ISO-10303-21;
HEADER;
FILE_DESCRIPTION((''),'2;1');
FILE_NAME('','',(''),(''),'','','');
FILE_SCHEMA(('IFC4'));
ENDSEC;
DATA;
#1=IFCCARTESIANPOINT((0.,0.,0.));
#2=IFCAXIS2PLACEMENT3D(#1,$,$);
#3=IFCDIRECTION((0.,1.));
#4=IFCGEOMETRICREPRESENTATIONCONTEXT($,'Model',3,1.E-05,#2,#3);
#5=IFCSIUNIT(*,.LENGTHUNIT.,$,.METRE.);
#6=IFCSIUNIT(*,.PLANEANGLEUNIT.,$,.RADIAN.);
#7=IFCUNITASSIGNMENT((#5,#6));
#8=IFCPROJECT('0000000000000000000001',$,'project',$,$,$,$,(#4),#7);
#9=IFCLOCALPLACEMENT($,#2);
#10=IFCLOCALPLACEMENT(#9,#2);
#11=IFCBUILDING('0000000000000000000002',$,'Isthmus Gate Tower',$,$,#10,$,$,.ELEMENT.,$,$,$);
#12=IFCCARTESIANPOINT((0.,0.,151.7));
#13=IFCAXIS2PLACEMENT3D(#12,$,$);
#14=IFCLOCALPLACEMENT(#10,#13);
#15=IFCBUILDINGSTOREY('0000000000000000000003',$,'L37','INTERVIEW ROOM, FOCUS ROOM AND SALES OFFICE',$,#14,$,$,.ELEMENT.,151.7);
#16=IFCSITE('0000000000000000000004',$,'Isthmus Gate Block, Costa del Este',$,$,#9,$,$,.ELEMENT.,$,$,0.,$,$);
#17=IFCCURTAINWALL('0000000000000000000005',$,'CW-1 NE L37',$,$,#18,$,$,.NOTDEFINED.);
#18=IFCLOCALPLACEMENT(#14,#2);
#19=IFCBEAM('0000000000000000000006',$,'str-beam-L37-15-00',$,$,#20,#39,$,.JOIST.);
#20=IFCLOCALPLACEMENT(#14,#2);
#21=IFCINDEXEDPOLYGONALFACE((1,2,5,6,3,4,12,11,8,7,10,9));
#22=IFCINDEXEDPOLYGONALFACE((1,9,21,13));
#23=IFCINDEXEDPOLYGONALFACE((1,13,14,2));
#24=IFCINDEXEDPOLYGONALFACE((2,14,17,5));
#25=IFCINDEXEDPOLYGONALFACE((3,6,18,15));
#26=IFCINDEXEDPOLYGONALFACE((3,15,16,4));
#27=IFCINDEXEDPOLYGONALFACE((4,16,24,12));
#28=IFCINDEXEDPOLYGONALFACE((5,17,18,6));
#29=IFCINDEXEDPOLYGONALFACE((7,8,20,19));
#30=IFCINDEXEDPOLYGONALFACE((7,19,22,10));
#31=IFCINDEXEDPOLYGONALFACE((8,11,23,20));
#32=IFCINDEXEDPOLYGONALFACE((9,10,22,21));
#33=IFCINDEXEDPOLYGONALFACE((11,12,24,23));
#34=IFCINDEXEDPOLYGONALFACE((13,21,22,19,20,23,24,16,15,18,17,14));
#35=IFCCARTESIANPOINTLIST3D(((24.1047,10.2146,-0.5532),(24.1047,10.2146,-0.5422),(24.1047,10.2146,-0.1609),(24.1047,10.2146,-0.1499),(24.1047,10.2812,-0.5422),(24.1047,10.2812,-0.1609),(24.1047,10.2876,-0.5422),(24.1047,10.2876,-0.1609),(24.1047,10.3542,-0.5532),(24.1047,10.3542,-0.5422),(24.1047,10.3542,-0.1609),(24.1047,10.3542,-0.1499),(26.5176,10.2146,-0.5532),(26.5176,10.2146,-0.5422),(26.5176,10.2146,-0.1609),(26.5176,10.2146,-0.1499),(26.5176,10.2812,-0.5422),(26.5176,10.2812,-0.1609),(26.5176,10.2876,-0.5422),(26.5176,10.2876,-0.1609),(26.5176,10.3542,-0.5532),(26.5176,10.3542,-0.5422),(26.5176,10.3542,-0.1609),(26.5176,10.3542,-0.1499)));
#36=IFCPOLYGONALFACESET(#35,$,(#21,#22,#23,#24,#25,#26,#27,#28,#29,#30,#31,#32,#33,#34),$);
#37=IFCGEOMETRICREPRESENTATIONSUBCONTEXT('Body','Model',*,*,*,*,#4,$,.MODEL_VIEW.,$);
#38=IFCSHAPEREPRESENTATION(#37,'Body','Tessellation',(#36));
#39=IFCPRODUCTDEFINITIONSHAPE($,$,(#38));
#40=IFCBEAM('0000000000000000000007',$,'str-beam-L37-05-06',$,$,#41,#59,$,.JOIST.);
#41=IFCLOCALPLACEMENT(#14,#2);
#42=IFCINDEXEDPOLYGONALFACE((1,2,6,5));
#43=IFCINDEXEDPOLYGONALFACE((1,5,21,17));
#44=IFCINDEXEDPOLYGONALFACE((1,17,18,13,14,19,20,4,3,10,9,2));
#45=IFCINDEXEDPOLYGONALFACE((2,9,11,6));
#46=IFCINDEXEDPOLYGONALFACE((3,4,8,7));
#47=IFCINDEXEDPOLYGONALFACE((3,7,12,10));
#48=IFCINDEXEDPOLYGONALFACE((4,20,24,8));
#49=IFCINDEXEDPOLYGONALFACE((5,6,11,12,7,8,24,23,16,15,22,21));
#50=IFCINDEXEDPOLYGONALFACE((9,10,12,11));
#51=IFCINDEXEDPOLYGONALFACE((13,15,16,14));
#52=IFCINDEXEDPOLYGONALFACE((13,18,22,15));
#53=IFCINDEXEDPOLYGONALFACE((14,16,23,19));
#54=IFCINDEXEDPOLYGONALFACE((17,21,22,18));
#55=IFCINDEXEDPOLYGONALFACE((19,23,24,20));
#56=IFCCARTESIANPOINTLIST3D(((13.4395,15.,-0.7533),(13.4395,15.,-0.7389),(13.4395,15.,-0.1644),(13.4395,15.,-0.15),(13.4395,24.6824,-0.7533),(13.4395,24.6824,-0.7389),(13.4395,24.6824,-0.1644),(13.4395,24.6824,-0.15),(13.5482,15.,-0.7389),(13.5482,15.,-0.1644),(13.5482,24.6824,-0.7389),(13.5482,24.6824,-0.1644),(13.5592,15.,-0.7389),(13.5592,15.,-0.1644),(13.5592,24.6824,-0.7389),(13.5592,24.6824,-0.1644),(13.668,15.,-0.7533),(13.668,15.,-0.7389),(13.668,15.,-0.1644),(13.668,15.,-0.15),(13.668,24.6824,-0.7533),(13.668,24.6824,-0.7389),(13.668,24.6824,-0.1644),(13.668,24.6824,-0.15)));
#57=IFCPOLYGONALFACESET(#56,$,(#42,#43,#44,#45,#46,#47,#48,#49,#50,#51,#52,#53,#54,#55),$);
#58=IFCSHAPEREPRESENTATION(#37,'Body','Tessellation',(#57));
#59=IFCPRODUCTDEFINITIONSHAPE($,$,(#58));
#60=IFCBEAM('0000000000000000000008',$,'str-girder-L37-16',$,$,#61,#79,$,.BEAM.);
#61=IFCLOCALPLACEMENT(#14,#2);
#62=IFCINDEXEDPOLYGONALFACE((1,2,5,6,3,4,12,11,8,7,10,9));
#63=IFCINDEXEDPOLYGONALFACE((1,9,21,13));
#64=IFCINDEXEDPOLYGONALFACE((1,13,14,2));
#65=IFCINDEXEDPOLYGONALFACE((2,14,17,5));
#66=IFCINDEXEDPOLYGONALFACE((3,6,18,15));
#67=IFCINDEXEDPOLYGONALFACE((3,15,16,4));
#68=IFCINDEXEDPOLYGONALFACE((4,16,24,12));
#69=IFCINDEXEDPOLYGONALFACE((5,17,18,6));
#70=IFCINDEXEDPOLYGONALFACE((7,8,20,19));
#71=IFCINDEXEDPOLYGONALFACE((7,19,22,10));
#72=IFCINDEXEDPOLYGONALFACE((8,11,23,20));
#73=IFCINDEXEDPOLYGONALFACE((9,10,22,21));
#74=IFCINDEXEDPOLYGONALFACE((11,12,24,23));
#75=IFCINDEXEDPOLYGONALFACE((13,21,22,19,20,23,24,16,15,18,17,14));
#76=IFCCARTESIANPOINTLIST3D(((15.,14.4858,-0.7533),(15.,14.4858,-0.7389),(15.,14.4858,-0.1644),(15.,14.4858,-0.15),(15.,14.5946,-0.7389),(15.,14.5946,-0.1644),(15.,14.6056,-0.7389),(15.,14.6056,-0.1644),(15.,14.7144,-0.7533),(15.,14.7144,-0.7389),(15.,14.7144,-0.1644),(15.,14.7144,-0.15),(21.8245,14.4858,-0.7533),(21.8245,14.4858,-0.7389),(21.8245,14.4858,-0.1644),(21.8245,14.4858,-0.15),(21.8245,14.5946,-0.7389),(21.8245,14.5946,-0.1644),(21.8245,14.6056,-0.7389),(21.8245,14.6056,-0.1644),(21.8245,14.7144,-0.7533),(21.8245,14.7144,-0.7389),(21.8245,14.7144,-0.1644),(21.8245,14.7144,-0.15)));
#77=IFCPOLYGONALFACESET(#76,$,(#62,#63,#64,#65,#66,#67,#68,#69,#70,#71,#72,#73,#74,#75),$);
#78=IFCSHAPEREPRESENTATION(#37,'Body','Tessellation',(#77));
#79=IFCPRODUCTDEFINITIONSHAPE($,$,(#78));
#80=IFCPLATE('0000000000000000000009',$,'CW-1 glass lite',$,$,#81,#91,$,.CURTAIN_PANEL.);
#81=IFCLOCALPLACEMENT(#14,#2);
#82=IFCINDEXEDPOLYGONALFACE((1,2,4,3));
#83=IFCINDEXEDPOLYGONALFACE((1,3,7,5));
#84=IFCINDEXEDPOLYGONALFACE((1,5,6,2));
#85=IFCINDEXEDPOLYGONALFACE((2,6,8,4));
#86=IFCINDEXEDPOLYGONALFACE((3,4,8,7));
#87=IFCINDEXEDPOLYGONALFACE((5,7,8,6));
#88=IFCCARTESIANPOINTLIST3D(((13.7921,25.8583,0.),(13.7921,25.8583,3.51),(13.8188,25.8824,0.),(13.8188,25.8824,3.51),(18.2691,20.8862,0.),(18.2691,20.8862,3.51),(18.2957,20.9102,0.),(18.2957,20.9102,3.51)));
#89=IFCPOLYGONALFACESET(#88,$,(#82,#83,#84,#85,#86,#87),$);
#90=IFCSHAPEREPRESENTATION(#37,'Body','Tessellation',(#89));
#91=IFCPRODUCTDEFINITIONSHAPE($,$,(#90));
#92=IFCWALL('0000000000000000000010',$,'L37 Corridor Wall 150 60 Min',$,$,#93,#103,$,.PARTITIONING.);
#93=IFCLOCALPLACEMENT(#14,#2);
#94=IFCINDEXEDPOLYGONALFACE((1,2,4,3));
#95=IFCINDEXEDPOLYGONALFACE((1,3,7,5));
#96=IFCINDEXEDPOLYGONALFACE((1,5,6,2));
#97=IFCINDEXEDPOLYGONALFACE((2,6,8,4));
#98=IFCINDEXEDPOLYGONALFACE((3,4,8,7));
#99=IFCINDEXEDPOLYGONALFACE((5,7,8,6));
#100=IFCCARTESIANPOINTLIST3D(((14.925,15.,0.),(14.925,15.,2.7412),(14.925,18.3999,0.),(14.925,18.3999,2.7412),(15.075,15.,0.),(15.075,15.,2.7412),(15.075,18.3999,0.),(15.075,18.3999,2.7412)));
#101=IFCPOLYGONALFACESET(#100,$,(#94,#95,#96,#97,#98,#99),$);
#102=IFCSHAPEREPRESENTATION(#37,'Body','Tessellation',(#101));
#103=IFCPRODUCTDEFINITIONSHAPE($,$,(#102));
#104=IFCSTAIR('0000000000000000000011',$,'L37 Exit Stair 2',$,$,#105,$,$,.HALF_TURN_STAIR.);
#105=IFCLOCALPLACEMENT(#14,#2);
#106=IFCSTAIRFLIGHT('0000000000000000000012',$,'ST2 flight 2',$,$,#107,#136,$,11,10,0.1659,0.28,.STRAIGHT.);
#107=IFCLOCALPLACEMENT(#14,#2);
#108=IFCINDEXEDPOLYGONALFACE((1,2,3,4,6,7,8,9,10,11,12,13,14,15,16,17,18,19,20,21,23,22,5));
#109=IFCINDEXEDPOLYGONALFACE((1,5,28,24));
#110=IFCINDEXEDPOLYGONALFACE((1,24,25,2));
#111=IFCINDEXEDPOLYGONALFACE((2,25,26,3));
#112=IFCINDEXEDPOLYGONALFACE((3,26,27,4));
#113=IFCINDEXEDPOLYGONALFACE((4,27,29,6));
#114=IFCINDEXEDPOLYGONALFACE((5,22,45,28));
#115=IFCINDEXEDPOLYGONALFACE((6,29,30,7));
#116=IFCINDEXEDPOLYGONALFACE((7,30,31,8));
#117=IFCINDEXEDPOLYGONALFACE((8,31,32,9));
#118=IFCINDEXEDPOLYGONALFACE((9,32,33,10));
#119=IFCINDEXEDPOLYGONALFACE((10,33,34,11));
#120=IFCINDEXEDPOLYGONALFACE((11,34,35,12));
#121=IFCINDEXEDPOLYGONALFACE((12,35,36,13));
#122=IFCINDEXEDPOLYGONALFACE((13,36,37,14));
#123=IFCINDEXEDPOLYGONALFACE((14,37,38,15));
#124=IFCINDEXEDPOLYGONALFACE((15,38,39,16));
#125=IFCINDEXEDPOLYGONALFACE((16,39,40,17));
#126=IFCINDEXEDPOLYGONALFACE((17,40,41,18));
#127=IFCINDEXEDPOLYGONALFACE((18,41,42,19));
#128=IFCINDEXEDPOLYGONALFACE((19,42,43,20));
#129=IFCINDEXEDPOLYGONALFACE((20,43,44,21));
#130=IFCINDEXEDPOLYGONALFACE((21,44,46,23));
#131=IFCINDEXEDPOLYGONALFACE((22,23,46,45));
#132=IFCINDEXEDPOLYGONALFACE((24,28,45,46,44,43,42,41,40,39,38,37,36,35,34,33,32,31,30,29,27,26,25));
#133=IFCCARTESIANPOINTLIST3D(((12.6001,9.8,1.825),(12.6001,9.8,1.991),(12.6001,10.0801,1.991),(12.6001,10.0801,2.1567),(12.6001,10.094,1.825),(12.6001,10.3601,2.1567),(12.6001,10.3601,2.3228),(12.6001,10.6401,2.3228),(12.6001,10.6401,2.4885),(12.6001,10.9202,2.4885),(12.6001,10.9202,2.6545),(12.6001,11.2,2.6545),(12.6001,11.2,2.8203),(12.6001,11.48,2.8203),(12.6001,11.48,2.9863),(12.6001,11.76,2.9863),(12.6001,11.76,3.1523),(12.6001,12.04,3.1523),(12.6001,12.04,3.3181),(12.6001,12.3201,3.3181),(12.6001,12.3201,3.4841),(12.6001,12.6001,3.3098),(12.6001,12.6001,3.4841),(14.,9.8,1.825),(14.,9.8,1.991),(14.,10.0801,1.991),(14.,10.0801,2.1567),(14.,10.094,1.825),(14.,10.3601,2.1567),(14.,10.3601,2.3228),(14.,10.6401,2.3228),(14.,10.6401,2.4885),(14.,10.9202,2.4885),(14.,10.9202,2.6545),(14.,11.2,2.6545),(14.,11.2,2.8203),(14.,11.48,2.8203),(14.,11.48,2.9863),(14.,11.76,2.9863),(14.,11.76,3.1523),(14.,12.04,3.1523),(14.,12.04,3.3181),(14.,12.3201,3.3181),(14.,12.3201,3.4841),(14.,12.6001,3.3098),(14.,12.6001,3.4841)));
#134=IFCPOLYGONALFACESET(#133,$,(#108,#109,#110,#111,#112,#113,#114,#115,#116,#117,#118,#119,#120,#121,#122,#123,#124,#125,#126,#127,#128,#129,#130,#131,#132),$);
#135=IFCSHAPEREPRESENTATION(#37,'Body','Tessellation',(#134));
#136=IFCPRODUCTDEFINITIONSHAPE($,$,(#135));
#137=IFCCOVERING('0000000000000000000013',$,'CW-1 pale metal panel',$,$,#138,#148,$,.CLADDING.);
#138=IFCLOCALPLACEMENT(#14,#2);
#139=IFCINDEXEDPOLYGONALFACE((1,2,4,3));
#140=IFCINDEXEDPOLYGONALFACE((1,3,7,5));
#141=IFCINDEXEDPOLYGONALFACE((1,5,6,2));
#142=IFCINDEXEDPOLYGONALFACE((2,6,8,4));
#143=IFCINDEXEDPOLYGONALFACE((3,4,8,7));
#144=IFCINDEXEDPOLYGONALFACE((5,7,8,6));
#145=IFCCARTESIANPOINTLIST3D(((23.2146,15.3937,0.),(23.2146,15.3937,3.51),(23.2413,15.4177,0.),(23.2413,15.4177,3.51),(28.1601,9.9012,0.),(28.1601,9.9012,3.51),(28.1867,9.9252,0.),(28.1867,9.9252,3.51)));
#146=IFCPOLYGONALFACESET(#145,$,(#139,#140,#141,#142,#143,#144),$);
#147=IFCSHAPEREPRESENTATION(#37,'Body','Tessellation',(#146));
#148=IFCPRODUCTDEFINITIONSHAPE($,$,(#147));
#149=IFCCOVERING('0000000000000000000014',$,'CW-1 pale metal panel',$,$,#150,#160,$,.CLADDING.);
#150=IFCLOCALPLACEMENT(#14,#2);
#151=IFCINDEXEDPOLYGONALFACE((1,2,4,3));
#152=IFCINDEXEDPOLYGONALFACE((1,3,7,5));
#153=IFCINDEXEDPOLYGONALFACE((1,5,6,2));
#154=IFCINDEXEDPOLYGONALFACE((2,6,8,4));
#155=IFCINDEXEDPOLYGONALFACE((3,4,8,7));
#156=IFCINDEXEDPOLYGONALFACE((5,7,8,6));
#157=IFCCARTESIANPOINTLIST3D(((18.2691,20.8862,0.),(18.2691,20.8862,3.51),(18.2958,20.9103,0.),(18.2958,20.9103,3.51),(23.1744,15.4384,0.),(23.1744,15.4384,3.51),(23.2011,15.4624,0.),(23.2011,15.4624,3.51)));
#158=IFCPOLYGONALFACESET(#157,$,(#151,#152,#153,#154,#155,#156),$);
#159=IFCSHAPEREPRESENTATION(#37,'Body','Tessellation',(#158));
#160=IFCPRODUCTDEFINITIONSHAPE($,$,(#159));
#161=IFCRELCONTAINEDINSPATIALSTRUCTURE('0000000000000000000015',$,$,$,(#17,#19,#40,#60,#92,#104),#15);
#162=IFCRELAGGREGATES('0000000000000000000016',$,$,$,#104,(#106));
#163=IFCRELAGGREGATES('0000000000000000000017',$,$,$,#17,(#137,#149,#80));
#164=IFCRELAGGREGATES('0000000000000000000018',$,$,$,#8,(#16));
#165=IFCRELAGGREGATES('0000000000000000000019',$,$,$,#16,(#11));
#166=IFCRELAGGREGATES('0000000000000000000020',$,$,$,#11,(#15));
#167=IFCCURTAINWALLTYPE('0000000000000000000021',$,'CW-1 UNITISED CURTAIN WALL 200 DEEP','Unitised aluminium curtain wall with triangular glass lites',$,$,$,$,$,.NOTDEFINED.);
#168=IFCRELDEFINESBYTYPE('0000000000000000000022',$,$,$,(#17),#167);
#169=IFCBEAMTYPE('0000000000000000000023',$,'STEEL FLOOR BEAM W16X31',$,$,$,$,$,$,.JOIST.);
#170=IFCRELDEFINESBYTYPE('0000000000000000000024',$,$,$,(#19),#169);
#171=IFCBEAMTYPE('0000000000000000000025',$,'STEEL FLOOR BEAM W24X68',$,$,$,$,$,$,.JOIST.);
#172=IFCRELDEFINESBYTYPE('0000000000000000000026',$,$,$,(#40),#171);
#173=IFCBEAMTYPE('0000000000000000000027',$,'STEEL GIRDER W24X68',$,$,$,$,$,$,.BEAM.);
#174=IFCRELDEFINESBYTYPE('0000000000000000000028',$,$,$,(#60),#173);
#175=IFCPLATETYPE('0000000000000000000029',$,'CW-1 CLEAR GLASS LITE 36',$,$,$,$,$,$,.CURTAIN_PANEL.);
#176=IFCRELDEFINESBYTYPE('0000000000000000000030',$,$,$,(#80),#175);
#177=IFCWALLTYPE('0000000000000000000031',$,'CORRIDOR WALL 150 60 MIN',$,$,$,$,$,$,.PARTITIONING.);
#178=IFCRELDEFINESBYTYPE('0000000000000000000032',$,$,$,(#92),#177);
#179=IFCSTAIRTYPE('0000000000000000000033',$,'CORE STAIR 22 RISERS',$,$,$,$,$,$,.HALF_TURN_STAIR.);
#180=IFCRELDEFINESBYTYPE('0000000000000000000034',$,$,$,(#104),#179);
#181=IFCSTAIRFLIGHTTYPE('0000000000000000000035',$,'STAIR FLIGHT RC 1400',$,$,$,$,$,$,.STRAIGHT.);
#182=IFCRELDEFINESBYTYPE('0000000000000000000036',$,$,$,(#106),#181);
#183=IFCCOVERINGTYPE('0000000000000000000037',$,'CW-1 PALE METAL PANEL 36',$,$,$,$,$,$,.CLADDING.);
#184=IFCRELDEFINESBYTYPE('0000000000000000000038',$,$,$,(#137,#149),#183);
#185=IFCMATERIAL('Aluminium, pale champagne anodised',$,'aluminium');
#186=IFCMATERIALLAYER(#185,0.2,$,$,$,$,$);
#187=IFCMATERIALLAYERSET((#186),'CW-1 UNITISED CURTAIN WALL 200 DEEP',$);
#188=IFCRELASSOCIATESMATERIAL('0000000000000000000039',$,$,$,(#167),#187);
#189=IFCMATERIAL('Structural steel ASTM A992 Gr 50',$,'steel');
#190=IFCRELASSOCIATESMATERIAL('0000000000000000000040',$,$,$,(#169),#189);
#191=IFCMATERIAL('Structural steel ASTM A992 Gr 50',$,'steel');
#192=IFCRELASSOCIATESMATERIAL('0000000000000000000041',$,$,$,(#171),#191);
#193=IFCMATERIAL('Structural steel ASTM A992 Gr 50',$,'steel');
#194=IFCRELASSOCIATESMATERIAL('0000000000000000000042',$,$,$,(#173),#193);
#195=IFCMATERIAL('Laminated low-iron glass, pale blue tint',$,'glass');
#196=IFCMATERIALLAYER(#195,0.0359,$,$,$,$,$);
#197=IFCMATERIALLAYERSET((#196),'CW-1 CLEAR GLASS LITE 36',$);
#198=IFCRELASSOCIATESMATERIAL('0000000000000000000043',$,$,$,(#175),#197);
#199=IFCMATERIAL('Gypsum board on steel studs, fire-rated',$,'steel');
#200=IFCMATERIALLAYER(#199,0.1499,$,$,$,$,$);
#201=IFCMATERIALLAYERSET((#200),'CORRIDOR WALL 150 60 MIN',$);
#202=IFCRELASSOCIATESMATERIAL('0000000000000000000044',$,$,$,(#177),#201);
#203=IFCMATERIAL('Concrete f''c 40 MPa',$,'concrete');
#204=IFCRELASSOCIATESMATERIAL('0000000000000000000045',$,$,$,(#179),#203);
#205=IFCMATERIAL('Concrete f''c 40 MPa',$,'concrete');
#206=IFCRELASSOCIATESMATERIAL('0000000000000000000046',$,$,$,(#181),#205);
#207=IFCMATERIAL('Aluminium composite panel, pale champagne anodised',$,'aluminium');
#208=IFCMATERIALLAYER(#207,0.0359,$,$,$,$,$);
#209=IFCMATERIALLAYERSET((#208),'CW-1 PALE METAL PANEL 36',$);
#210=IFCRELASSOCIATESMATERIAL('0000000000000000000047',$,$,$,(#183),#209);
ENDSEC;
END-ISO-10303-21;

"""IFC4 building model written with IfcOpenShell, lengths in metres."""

from ifc_helpers import new_model, si_unit, direction, frame, frame_2d, origin, origin_2d, place, context, subcontext, project, spatial, polyline, rectangle, i_section, outline, extrude, material, layer, layer_set, material_profile, profile_set, type_object, element, aggregate, save


model = new_model("IFC4")

# Units and contexts
model_context = context("Model", 3, precision=1e-05, world=origin(), true_north=direction((0.0, 1.0)))
body_context = subcontext(model_context, "Body", "Model", "MODEL_VIEW")
ifc_project = project(units=[si_unit("LENGTHUNIT", "METRE"), si_unit("PLANEANGLEUNIT", "RADIAN")], contexts=[model_context])

# Site, building, storey
site_placement = place(None, origin())
site = spatial("IfcSite", under=ifc_project, at=site_placement, Name="Isthmus Gate Block, Costa del Este", CompositionType="ELEMENT", RefElevation=0.0)
building_placement = place(site_placement, origin())
building = spatial("IfcBuilding", under=site, at=building_placement, Name="Isthmus Gate Tower", CompositionType="ELEMENT")
storey_placement = place(building_placement, frame((0.0, 0.0, 151.7)))
storey = spatial("IfcBuildingStorey", under=building, at=storey_placement, Name="L37", Description="INTERVIEW ROOM, FOCUS ROOM AND SALES OFFICE", CompositionType="ELEMENT", Elevation=151.7)

# Curtain wall
ifc_material_1 = material(Name="Aluminium, pale champagne anodised", Category="aluminium")
ifc_layer_1 = layer(ifc_material_1, 0.2)
ifc_layer_set_1 = layer_set([ifc_layer_1], Name="CW-1 UNITISED CURTAIN WALL 200 DEEP")
curtain_wall_type = type_object("IfcCurtainWallType", Name="CW-1 UNITISED CURTAIN WALL 200 DEEP", Description="Unitised aluminium curtain wall with triangular glass lites", PredefinedType="NOTDEFINED", material=ifc_layer_set_1)
curtain_wall_1_placement = place(storey_placement, origin())
curtain_wall_1 = element("IfcCurtainWall", 1, at=curtain_wall_1_placement, inside=storey, type_object=curtain_wall_type, Name="CW-1 NE L37", PredefinedType="NOTDEFINED")

# Beams
ifc_material_2 = material(Name="Structural steel ASTM A992 Gr 50", Category="steel")
ifc_material_profile_1 = material_profile(ifc_material_2, i_section(OverallWidth=0.1396, OverallDepth=0.4033, WebThickness=0.0063, FlangeThickness=0.011, at=origin_2d()), Name="W16X31")
ifc_profile_set_1 = profile_set([ifc_material_profile_1], Name="Structural steel ASTM A992 Gr 50")
beam_type_1 = type_object("IfcBeamType", Name="STEEL FLOOR BEAM W16X31", PredefinedType="JOIST", material=ifc_profile_set_1)
beam_1_placement = place(storey_placement, frame((24.1047, 10.2844, -0.3516), z_axis=(1.0, 0.0, 0.0), x_axis=(0.0, 1.0, 0.0)))
element("IfcBeam", 2, at=beam_1_placement, inside=storey, type_object=beam_type_1, Name="str-beam-L37-15-00", PredefinedType="JOIST", context=body_context, shape_type="SweptSolid", body=[
    extrude(i_section(OverallWidth=0.1396, OverallDepth=0.4033, WebThickness=0.0063, FlangeThickness=0.011, at=origin_2d()), origin(), (0.0, 0.0, 1.0), 2.4128),
])
ifc_material_3 = material(Name="Structural steel ASTM A992 Gr 50", Category="steel")
ifc_material_profile_2 = material_profile(ifc_material_3, i_section(OverallWidth=0.2285, OverallDepth=0.6033, WebThickness=0.011, FlangeThickness=0.0144, at=origin_2d()), Name="W24X68")
ifc_profile_set_2 = profile_set([ifc_material_profile_2], Name="Structural steel ASTM A992 Gr 50")
beam_type_2 = type_object("IfcBeamType", Name="STEEL FLOOR BEAM W24X68", PredefinedType="JOIST", material=ifc_profile_set_2)
beam_2_placement = place(storey_placement, frame((13.5537, 15.0, -0.4517), z_axis=(0.0, 1.0, 0.0), x_axis=(-1.0, 0.0, 0.0)))
element("IfcBeam", 3, at=beam_2_placement, inside=storey, type_object=beam_type_2, Name="str-beam-L37-05-06", PredefinedType="JOIST", context=body_context, shape_type="SweptSolid", body=[
    extrude(i_section(OverallWidth=0.2285, OverallDepth=0.6033, WebThickness=0.011, FlangeThickness=0.0144, at=origin_2d()), origin(), (0.0, 0.0, 1.0), 9.6824),
])
ifc_material_4 = material(Name="Structural steel ASTM A992 Gr 50", Category="steel")
ifc_material_profile_3 = material_profile(ifc_material_4, i_section(OverallWidth=0.2285, OverallDepth=0.6033, WebThickness=0.011, FlangeThickness=0.0144, at=origin_2d()), Name="W24X68")
ifc_profile_set_3 = profile_set([ifc_material_profile_3], Name="Structural steel ASTM A992 Gr 50")
beam_type_3 = type_object("IfcBeamType", Name="STEEL GIRDER W24X68", PredefinedType="BEAM", material=ifc_profile_set_3)
beam_3_placement = place(storey_placement, frame((15.0, 14.6001, -0.4517), z_axis=(1.0, 0.0, 0.0), x_axis=(0.0, 1.0, 0.0)))
element("IfcBeam", 4, at=beam_3_placement, inside=storey, type_object=beam_type_3, Name="str-girder-L37-16", PredefinedType="BEAM", context=body_context, shape_type="SweptSolid", body=[
    extrude(i_section(OverallWidth=0.2285, OverallDepth=0.6033, WebThickness=0.011, FlangeThickness=0.0144, at=origin_2d()), origin(), (0.0, 0.0, 1.0), 6.8245),
])

# Plate
ifc_material_5 = material(Name="Laminated low-iron glass, pale blue tint", Category="glass")
ifc_layer_2 = layer(ifc_material_5, 0.0359)
ifc_layer_set_2 = layer_set([ifc_layer_2], Name="CW-1 CLEAR GLASS LITE 36")
plate_type = type_object("IfcPlateType", Name="CW-1 CLEAR GLASS LITE 36", PredefinedType="CURTAIN_PANEL", material=ifc_layer_set_2)
plate_placement = place(storey_placement, frame((16.0439, 23.3843, 0.0), z_axis=(0.0, 0.0, 1.0), x_axis=(-0.669131, 0.743145, 0.0)))
plate = element("IfcPlate", 5, at=plate_placement, type_object=plate_type, Name="CW-1 glass lite", PredefinedType="CURTAIN_PANEL", context=body_context, shape_type="SweptSolid", body=[
    extrude(rectangle(XDim=6.6907, YDim=0.0359, at=origin_2d()), origin(), (0.0, 0.0, 1.0), 3.51),
])

# Wall
ifc_material_6 = material(Name="Gypsum board on steel studs, fire-rated", Category="steel")
ifc_layer_3 = layer(ifc_material_6, 0.1499)
ifc_layer_set_3 = layer_set([ifc_layer_3], Name="CORRIDOR WALL 150 60 MIN")
wall_type = type_object("IfcWallType", Name="CORRIDOR WALL 150 60 MIN", PredefinedType="PARTITIONING", material=ifc_layer_set_3)
wall_placement = place(storey_placement, frame((15.0, 18.3999, 0.0), z_axis=(0.0, 0.0, 1.0), x_axis=(0.0, -1.0, 0.0)))
element("IfcWall", 6, at=wall_placement, inside=storey, type_object=wall_type, Name="L37 Corridor Wall 150 60 Min", PredefinedType="PARTITIONING", context=body_context, shape_type="SweptSolid", body=[
    extrude(rectangle(XDim=3.3999, YDim=0.1499, at=frame_2d((1.7, 0.0))), origin(), (0.0, 0.0, 1.0), 2.7412),
])

# Stair, stair flight
ifc_material_7 = material(Name="Concrete f'c 40 MPa", Category="concrete")
stair_type = type_object("IfcStairType", Name="CORE STAIR 22 RISERS", PredefinedType="HALF_TURN_STAIR", material=ifc_material_7)
stair_placement = place(storey_placement, origin())
stair = element("IfcStair", 7, at=stair_placement, inside=storey, type_object=stair_type, Name="L37 Exit Stair 2", PredefinedType="HALF_TURN_STAIR")
ifc_material_8 = material(Name="Concrete f'c 40 MPa", Category="concrete")
stair_flight_type = type_object("IfcStairFlightType", Name="STAIR FLIGHT RC 1400", PredefinedType="STRAIGHT", material=ifc_material_8)
stair_flight_placement = place(storey_placement, frame((13.3, 9.8, 1.825), z_axis=(0.0, 0.0, 1.0), x_axis=(0.0, 1.0, 0.0)))
stair_flight = element("IfcStairFlight", 8, at=stair_flight_placement, type_object=stair_flight_type, Name="ST2 flight 2", NumberOfRisers=11, NumberOfTreads=10, PredefinedType="STRAIGHT", RiserHeight=0.1659, TreadLength=0.28, context=body_context, shape_type="SweptSolid", body=[
    extrude(outline(polyline([(0.0, 0.0), (0.0, 0.166), (0.28, 0.166), (0.28, 0.3318), (0.5601, 0.3318), (0.5601, 0.4978), (0.8401, 0.4978), (0.8401, 0.6636), (1.1201, 0.6636), (1.1201, 0.8296), (1.3999, 0.8296), (1.3999, 0.9954), (1.6799, 0.9954), (1.6799, 1.1614), (1.96, 1.1614), (1.96, 1.3274), (2.24, 1.3274), (2.24, 1.4932), (2.52, 1.4932), (2.52, 1.6592), (2.8, 1.6592), (2.8, 1.825), (2.8, 1.4849), (0.2939, 0.0), (0.0, 0.0)])), frame((0.0, 0.7, 0.0), z_axis=(0.0, -1.0, 0.0), x_axis=(1.0, 0.0, 0.0)), (0.0, 0.0, 1.0), 1.3999),
])
aggregate(stair, [stair_flight])

# Coverings
ifc_material_9 = material(Name="Aluminium composite panel, pale champagne anodised", Category="aluminium")
ifc_layer_4 = layer(ifc_material_9, 0.0359)
ifc_layer_set_4 = layer_set([ifc_layer_4], Name="CW-1 PALE METAL PANEL 36")
covering_type = type_object("IfcCoveringType", Name="CW-1 PALE METAL PANEL 36", PredefinedType="CLADDING", material=ifc_layer_set_4)
covering_1_placement = place(storey_placement, frame((25.7007, 12.6594, 0.0), z_axis=(0.0, 0.0, 1.0), x_axis=(-0.669131, 0.743145, 0.0)))
covering_1 = element("IfcCovering", 9, at=covering_1_placement, type_object=covering_type, Name="CW-1 pale metal panel", PredefinedType="CLADDING", context=body_context, shape_type="SweptSolid", body=[
    extrude(rectangle(XDim=7.3909, YDim=0.0359, at=origin_2d()), origin(), (0.0, 0.0, 1.0), 3.51),
])
covering_2_placement = place(storey_placement, frame((20.7351, 18.1743, 0.0), z_axis=(0.0, 0.0, 1.0), x_axis=(-0.669131, 0.743145, 0.0)))
covering_2 = element("IfcCovering", 10, at=covering_2_placement, type_object=covering_type, Name="CW-1 pale metal panel", PredefinedType="CLADDING", context=body_context, shape_type="SweptSolid", body=[
    extrude(rectangle(XDim=7.3308, YDim=0.0359, at=origin_2d()), origin(), (0.0, 0.0, 1.0), 3.51),
])
aggregate(curtain_wall_1, [covering_1, covering_2, plate])

save(model, "model.ifc")
